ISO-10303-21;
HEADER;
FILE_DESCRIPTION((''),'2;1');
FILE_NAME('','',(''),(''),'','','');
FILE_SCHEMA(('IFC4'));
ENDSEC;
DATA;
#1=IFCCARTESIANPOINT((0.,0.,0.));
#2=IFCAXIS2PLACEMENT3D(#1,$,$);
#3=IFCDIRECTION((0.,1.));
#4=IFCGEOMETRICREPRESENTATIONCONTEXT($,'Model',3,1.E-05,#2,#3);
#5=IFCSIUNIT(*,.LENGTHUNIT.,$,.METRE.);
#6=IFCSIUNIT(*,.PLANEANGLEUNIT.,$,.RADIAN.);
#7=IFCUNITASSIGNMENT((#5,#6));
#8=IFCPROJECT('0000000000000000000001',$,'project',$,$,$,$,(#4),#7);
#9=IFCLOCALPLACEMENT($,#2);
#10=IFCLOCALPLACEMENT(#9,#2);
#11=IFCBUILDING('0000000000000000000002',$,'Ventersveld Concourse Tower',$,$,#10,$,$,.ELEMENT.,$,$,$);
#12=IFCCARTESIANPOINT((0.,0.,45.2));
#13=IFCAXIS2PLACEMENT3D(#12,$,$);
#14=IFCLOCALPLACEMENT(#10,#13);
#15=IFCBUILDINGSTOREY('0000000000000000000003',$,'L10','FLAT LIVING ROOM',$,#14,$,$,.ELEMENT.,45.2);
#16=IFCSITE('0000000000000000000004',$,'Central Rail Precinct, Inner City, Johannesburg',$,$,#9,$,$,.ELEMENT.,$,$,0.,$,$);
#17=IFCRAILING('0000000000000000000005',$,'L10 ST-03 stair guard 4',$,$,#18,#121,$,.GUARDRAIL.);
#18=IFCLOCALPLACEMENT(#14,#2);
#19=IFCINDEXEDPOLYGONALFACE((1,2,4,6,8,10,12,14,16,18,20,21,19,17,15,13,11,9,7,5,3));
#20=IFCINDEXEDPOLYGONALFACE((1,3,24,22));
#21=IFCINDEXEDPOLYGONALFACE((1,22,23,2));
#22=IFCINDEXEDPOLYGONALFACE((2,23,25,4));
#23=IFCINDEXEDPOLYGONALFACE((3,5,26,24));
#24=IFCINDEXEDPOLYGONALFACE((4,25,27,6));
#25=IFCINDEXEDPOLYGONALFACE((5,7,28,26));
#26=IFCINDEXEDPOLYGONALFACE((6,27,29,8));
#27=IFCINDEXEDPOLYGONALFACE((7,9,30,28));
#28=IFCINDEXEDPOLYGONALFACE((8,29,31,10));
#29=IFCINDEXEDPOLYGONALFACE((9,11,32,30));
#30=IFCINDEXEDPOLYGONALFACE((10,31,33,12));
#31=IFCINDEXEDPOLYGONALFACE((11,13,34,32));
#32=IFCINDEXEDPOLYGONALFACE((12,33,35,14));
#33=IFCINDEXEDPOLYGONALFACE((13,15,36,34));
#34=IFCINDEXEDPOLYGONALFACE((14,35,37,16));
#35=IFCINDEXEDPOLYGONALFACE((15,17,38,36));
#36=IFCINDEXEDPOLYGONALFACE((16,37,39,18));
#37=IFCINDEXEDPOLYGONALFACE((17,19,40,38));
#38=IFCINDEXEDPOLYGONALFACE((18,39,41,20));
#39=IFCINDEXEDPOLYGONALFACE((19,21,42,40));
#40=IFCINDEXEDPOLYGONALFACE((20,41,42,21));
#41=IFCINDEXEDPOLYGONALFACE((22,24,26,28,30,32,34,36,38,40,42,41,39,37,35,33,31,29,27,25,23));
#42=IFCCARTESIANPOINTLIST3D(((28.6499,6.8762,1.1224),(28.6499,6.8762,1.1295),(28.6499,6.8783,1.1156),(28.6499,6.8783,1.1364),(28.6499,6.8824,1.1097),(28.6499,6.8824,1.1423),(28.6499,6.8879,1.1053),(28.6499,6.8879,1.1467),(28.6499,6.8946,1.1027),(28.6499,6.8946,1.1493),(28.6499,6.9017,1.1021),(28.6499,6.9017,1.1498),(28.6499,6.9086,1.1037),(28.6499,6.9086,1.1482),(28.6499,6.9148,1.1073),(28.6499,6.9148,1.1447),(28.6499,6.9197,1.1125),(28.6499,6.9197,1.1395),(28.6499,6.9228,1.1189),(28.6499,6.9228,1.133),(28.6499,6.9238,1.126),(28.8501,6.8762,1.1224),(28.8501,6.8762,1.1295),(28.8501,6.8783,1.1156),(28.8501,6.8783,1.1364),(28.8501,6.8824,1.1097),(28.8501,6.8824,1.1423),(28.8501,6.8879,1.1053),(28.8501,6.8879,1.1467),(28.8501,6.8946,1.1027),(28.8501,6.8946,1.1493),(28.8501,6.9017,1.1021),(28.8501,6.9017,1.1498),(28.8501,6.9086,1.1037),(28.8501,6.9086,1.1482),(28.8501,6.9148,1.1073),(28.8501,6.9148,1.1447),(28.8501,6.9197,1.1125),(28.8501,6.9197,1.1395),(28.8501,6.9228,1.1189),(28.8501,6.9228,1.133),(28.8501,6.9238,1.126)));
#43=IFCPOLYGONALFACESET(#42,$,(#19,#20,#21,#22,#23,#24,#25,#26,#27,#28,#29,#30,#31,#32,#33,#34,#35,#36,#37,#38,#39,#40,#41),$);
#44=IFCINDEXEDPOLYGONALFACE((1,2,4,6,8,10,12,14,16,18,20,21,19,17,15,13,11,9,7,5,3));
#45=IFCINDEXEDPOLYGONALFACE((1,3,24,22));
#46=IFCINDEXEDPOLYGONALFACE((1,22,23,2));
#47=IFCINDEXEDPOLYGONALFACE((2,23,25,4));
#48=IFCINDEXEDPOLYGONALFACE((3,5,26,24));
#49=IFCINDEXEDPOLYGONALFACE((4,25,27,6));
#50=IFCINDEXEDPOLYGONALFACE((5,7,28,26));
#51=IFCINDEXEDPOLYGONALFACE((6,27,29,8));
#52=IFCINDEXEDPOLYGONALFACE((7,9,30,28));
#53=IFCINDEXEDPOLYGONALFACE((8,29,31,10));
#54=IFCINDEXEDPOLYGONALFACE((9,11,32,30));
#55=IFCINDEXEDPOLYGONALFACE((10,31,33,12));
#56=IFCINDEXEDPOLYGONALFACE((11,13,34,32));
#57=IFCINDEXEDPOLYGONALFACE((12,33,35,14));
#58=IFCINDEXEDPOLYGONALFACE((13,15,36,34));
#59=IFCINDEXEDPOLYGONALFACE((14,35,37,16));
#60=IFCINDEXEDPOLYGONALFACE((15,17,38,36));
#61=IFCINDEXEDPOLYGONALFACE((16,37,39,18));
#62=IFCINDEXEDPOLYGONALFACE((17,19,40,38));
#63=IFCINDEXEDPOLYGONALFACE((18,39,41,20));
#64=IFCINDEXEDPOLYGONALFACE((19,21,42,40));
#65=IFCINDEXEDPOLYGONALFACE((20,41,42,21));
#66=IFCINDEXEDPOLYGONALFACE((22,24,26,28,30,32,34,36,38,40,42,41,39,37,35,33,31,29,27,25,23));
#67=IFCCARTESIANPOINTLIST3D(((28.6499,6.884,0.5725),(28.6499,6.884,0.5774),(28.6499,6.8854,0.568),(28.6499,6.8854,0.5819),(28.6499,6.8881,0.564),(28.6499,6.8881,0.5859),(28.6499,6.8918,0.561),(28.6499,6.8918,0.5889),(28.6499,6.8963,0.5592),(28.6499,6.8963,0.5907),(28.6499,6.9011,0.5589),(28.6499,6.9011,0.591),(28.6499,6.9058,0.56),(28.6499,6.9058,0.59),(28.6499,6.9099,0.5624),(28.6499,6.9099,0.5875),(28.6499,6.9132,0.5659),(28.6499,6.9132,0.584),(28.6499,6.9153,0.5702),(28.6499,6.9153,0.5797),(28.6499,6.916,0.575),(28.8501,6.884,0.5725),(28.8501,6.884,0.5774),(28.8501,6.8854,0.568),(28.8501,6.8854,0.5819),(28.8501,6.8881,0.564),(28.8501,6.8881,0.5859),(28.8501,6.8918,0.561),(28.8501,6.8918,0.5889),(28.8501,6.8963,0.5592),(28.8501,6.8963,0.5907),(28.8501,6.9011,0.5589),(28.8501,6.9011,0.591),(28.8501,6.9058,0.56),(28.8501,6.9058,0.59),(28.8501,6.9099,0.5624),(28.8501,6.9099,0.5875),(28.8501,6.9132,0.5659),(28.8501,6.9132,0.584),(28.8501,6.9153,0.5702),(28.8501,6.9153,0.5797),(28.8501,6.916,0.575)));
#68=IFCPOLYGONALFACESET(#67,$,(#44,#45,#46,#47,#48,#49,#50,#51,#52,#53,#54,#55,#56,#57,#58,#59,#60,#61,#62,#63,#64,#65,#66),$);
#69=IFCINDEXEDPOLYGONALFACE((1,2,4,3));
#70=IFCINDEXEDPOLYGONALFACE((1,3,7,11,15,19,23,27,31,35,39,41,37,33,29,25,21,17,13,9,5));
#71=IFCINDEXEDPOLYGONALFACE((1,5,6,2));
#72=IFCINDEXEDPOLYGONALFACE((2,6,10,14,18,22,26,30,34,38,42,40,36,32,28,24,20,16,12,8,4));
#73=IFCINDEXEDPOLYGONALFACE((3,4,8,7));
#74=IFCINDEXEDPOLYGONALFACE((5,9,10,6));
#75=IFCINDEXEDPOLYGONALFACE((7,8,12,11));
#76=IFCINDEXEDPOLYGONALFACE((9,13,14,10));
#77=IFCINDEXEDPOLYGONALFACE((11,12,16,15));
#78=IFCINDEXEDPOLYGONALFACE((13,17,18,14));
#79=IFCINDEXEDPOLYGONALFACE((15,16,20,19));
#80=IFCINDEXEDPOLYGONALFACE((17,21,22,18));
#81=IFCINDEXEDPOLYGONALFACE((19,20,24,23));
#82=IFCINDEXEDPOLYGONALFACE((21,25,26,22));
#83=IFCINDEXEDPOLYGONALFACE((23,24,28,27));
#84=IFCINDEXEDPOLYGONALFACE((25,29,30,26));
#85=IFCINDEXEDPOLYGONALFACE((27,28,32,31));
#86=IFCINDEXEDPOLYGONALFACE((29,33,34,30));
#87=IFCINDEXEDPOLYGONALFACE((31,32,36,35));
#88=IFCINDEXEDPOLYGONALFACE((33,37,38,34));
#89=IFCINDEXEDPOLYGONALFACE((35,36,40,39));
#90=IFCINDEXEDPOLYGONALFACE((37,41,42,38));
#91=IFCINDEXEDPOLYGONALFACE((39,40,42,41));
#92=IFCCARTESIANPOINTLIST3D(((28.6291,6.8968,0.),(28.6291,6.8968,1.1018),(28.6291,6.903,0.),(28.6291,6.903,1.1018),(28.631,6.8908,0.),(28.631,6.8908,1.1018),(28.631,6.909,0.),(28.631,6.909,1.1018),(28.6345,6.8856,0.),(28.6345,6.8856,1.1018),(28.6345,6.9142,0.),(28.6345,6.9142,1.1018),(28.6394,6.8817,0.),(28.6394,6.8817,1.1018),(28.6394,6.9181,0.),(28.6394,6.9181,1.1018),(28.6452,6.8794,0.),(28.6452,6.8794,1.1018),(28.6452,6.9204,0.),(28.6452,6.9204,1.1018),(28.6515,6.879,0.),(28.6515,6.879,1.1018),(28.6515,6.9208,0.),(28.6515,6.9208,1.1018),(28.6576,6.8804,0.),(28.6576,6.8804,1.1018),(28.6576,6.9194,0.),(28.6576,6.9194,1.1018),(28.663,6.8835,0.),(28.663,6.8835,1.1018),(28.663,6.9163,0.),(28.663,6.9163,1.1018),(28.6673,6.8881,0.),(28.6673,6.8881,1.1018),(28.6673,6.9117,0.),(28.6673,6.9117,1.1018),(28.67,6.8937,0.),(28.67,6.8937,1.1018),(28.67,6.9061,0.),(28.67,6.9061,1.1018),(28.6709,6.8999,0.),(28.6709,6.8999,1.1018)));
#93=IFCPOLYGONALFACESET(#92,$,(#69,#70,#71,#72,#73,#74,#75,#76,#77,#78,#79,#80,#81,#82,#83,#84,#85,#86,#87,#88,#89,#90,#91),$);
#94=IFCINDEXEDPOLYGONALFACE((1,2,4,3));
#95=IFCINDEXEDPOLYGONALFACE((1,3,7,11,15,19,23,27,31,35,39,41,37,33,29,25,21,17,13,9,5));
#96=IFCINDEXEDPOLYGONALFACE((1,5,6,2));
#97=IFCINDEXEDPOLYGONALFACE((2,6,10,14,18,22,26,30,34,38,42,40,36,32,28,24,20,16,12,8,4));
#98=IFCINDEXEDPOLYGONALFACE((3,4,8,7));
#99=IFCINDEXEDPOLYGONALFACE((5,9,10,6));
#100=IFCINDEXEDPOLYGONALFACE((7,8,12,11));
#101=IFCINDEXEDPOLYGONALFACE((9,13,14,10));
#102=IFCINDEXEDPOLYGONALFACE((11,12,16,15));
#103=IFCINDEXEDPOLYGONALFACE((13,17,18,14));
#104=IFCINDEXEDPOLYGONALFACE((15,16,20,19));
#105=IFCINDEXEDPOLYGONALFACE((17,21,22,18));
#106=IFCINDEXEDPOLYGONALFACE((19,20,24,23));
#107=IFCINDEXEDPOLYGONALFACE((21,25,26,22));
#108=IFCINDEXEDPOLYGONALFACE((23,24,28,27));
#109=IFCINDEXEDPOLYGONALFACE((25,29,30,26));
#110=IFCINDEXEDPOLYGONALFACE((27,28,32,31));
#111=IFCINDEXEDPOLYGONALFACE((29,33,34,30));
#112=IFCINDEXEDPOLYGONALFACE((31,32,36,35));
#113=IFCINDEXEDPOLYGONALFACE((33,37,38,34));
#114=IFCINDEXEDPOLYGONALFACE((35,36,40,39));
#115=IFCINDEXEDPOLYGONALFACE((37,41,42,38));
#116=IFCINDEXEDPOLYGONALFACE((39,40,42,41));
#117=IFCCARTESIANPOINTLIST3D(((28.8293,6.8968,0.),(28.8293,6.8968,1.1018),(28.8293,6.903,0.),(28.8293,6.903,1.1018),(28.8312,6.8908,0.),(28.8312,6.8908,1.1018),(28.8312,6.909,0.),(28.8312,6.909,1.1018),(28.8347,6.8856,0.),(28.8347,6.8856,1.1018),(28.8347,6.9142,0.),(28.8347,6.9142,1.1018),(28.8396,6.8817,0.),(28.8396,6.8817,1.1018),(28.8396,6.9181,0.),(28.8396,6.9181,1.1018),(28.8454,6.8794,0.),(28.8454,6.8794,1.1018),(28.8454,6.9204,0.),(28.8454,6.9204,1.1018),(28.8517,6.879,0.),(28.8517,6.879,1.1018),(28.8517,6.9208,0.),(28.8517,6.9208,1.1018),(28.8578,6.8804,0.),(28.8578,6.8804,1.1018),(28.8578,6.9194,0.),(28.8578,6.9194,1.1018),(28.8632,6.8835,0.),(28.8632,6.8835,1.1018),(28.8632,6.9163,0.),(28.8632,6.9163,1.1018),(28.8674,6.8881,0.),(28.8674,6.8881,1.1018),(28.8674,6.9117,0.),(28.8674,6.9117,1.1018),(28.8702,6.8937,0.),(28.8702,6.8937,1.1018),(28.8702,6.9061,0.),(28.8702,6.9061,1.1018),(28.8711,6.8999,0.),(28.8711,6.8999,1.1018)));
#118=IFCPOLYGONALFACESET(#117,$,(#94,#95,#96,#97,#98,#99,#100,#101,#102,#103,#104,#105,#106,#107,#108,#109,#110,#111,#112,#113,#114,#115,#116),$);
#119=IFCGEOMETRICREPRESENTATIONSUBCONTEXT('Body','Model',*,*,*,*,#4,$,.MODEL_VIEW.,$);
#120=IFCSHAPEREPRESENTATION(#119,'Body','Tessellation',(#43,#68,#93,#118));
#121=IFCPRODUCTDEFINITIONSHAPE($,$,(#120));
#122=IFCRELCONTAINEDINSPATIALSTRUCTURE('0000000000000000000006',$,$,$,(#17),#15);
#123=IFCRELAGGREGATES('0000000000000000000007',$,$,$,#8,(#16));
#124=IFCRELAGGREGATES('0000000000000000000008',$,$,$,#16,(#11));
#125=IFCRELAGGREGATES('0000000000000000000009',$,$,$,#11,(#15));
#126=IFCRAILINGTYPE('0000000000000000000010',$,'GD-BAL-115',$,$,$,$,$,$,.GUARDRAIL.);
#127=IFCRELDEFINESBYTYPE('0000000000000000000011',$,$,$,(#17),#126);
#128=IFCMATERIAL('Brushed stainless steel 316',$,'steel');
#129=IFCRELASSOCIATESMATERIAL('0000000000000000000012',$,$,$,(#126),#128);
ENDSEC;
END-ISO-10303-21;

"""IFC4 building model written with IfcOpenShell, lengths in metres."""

from ifc_helpers import new_model, si_unit, direction, frame, origin, origin_2d, place, context, subcontext, project, spatial, circle, extrude, material, type_object, element, save


model = new_model("IFC4")

# Units and contexts
model_context = context("Model", 3, precision=1e-05, world=origin(), true_north=direction((0.0, 1.0)))
body_context = subcontext(model_context, "Body", "Model", "MODEL_VIEW")
ifc_project = project(units=[si_unit("LENGTHUNIT", "METRE"), si_unit("PLANEANGLEUNIT", "RADIAN")], contexts=[model_context])

# Site, building, storey
site_placement = place(None, origin())
site = spatial("IfcSite", under=ifc_project, at=site_placement, Name="Central Rail Precinct, Inner City, Johannesburg", CompositionType="ELEMENT", RefElevation=0.0)
building_placement = place(site_placement, origin())
building = spatial("IfcBuilding", under=site, at=building_placement, Name="Ventersveld Concourse Tower", CompositionType="ELEMENT")
storey_placement = place(building_placement, frame((0.0, 0.0, 45.2)))
storey = spatial("IfcBuildingStorey", under=building, at=storey_placement, Name="L10", Description="FLAT LIVING ROOM", CompositionType="ELEMENT", Elevation=45.2)

# Shared definitions
ifc_material_1 = material(Name="Brushed stainless steel 316", Category="steel")

# Railing
railing_type_1 = type_object("IfcRailingType", Name="GD-BAL-115", PredefinedType="GUARDRAIL", material=ifc_material_1)
railing_1_placement = place(storey_placement, frame((28.6499, 6.8999, 0.0)))
element("IfcRailing", 1, at=railing_1_placement, inside=storey, type_object=railing_type_1, Name="L10 ST-03 stair guard 4", PredefinedType="GUARDRAIL", context=body_context, shape_type="SweptSolid", body=[
    extrude(circle(Radius=0.0239, at=origin_2d()), frame((0.0, 0.0, 1.126), z_axis=(1.0, 0.0, 0.0), x_axis=(0.0, 1.0, 0.0)), (0.0, 0.0, 1.0), 0.2002),
    extrude(circle(Radius=0.0161, at=origin_2d()), frame((0.0, 0.0, 0.575), z_axis=(1.0, 0.0, 0.0), x_axis=(0.0, 1.0, 0.0)), (0.0, 0.0, 1.0), 0.2002),
    extrude(circle(Radius=0.021, at=origin_2d()), origin(), (0.0, 0.0, 1.0), 1.1018),
    extrude(circle(Radius=0.021, at=origin_2d()), frame((0.2002, 0.0, 0.0)), (0.0, 0.0, 1.0), 1.1018),
])

save(model, "model.ifc")
